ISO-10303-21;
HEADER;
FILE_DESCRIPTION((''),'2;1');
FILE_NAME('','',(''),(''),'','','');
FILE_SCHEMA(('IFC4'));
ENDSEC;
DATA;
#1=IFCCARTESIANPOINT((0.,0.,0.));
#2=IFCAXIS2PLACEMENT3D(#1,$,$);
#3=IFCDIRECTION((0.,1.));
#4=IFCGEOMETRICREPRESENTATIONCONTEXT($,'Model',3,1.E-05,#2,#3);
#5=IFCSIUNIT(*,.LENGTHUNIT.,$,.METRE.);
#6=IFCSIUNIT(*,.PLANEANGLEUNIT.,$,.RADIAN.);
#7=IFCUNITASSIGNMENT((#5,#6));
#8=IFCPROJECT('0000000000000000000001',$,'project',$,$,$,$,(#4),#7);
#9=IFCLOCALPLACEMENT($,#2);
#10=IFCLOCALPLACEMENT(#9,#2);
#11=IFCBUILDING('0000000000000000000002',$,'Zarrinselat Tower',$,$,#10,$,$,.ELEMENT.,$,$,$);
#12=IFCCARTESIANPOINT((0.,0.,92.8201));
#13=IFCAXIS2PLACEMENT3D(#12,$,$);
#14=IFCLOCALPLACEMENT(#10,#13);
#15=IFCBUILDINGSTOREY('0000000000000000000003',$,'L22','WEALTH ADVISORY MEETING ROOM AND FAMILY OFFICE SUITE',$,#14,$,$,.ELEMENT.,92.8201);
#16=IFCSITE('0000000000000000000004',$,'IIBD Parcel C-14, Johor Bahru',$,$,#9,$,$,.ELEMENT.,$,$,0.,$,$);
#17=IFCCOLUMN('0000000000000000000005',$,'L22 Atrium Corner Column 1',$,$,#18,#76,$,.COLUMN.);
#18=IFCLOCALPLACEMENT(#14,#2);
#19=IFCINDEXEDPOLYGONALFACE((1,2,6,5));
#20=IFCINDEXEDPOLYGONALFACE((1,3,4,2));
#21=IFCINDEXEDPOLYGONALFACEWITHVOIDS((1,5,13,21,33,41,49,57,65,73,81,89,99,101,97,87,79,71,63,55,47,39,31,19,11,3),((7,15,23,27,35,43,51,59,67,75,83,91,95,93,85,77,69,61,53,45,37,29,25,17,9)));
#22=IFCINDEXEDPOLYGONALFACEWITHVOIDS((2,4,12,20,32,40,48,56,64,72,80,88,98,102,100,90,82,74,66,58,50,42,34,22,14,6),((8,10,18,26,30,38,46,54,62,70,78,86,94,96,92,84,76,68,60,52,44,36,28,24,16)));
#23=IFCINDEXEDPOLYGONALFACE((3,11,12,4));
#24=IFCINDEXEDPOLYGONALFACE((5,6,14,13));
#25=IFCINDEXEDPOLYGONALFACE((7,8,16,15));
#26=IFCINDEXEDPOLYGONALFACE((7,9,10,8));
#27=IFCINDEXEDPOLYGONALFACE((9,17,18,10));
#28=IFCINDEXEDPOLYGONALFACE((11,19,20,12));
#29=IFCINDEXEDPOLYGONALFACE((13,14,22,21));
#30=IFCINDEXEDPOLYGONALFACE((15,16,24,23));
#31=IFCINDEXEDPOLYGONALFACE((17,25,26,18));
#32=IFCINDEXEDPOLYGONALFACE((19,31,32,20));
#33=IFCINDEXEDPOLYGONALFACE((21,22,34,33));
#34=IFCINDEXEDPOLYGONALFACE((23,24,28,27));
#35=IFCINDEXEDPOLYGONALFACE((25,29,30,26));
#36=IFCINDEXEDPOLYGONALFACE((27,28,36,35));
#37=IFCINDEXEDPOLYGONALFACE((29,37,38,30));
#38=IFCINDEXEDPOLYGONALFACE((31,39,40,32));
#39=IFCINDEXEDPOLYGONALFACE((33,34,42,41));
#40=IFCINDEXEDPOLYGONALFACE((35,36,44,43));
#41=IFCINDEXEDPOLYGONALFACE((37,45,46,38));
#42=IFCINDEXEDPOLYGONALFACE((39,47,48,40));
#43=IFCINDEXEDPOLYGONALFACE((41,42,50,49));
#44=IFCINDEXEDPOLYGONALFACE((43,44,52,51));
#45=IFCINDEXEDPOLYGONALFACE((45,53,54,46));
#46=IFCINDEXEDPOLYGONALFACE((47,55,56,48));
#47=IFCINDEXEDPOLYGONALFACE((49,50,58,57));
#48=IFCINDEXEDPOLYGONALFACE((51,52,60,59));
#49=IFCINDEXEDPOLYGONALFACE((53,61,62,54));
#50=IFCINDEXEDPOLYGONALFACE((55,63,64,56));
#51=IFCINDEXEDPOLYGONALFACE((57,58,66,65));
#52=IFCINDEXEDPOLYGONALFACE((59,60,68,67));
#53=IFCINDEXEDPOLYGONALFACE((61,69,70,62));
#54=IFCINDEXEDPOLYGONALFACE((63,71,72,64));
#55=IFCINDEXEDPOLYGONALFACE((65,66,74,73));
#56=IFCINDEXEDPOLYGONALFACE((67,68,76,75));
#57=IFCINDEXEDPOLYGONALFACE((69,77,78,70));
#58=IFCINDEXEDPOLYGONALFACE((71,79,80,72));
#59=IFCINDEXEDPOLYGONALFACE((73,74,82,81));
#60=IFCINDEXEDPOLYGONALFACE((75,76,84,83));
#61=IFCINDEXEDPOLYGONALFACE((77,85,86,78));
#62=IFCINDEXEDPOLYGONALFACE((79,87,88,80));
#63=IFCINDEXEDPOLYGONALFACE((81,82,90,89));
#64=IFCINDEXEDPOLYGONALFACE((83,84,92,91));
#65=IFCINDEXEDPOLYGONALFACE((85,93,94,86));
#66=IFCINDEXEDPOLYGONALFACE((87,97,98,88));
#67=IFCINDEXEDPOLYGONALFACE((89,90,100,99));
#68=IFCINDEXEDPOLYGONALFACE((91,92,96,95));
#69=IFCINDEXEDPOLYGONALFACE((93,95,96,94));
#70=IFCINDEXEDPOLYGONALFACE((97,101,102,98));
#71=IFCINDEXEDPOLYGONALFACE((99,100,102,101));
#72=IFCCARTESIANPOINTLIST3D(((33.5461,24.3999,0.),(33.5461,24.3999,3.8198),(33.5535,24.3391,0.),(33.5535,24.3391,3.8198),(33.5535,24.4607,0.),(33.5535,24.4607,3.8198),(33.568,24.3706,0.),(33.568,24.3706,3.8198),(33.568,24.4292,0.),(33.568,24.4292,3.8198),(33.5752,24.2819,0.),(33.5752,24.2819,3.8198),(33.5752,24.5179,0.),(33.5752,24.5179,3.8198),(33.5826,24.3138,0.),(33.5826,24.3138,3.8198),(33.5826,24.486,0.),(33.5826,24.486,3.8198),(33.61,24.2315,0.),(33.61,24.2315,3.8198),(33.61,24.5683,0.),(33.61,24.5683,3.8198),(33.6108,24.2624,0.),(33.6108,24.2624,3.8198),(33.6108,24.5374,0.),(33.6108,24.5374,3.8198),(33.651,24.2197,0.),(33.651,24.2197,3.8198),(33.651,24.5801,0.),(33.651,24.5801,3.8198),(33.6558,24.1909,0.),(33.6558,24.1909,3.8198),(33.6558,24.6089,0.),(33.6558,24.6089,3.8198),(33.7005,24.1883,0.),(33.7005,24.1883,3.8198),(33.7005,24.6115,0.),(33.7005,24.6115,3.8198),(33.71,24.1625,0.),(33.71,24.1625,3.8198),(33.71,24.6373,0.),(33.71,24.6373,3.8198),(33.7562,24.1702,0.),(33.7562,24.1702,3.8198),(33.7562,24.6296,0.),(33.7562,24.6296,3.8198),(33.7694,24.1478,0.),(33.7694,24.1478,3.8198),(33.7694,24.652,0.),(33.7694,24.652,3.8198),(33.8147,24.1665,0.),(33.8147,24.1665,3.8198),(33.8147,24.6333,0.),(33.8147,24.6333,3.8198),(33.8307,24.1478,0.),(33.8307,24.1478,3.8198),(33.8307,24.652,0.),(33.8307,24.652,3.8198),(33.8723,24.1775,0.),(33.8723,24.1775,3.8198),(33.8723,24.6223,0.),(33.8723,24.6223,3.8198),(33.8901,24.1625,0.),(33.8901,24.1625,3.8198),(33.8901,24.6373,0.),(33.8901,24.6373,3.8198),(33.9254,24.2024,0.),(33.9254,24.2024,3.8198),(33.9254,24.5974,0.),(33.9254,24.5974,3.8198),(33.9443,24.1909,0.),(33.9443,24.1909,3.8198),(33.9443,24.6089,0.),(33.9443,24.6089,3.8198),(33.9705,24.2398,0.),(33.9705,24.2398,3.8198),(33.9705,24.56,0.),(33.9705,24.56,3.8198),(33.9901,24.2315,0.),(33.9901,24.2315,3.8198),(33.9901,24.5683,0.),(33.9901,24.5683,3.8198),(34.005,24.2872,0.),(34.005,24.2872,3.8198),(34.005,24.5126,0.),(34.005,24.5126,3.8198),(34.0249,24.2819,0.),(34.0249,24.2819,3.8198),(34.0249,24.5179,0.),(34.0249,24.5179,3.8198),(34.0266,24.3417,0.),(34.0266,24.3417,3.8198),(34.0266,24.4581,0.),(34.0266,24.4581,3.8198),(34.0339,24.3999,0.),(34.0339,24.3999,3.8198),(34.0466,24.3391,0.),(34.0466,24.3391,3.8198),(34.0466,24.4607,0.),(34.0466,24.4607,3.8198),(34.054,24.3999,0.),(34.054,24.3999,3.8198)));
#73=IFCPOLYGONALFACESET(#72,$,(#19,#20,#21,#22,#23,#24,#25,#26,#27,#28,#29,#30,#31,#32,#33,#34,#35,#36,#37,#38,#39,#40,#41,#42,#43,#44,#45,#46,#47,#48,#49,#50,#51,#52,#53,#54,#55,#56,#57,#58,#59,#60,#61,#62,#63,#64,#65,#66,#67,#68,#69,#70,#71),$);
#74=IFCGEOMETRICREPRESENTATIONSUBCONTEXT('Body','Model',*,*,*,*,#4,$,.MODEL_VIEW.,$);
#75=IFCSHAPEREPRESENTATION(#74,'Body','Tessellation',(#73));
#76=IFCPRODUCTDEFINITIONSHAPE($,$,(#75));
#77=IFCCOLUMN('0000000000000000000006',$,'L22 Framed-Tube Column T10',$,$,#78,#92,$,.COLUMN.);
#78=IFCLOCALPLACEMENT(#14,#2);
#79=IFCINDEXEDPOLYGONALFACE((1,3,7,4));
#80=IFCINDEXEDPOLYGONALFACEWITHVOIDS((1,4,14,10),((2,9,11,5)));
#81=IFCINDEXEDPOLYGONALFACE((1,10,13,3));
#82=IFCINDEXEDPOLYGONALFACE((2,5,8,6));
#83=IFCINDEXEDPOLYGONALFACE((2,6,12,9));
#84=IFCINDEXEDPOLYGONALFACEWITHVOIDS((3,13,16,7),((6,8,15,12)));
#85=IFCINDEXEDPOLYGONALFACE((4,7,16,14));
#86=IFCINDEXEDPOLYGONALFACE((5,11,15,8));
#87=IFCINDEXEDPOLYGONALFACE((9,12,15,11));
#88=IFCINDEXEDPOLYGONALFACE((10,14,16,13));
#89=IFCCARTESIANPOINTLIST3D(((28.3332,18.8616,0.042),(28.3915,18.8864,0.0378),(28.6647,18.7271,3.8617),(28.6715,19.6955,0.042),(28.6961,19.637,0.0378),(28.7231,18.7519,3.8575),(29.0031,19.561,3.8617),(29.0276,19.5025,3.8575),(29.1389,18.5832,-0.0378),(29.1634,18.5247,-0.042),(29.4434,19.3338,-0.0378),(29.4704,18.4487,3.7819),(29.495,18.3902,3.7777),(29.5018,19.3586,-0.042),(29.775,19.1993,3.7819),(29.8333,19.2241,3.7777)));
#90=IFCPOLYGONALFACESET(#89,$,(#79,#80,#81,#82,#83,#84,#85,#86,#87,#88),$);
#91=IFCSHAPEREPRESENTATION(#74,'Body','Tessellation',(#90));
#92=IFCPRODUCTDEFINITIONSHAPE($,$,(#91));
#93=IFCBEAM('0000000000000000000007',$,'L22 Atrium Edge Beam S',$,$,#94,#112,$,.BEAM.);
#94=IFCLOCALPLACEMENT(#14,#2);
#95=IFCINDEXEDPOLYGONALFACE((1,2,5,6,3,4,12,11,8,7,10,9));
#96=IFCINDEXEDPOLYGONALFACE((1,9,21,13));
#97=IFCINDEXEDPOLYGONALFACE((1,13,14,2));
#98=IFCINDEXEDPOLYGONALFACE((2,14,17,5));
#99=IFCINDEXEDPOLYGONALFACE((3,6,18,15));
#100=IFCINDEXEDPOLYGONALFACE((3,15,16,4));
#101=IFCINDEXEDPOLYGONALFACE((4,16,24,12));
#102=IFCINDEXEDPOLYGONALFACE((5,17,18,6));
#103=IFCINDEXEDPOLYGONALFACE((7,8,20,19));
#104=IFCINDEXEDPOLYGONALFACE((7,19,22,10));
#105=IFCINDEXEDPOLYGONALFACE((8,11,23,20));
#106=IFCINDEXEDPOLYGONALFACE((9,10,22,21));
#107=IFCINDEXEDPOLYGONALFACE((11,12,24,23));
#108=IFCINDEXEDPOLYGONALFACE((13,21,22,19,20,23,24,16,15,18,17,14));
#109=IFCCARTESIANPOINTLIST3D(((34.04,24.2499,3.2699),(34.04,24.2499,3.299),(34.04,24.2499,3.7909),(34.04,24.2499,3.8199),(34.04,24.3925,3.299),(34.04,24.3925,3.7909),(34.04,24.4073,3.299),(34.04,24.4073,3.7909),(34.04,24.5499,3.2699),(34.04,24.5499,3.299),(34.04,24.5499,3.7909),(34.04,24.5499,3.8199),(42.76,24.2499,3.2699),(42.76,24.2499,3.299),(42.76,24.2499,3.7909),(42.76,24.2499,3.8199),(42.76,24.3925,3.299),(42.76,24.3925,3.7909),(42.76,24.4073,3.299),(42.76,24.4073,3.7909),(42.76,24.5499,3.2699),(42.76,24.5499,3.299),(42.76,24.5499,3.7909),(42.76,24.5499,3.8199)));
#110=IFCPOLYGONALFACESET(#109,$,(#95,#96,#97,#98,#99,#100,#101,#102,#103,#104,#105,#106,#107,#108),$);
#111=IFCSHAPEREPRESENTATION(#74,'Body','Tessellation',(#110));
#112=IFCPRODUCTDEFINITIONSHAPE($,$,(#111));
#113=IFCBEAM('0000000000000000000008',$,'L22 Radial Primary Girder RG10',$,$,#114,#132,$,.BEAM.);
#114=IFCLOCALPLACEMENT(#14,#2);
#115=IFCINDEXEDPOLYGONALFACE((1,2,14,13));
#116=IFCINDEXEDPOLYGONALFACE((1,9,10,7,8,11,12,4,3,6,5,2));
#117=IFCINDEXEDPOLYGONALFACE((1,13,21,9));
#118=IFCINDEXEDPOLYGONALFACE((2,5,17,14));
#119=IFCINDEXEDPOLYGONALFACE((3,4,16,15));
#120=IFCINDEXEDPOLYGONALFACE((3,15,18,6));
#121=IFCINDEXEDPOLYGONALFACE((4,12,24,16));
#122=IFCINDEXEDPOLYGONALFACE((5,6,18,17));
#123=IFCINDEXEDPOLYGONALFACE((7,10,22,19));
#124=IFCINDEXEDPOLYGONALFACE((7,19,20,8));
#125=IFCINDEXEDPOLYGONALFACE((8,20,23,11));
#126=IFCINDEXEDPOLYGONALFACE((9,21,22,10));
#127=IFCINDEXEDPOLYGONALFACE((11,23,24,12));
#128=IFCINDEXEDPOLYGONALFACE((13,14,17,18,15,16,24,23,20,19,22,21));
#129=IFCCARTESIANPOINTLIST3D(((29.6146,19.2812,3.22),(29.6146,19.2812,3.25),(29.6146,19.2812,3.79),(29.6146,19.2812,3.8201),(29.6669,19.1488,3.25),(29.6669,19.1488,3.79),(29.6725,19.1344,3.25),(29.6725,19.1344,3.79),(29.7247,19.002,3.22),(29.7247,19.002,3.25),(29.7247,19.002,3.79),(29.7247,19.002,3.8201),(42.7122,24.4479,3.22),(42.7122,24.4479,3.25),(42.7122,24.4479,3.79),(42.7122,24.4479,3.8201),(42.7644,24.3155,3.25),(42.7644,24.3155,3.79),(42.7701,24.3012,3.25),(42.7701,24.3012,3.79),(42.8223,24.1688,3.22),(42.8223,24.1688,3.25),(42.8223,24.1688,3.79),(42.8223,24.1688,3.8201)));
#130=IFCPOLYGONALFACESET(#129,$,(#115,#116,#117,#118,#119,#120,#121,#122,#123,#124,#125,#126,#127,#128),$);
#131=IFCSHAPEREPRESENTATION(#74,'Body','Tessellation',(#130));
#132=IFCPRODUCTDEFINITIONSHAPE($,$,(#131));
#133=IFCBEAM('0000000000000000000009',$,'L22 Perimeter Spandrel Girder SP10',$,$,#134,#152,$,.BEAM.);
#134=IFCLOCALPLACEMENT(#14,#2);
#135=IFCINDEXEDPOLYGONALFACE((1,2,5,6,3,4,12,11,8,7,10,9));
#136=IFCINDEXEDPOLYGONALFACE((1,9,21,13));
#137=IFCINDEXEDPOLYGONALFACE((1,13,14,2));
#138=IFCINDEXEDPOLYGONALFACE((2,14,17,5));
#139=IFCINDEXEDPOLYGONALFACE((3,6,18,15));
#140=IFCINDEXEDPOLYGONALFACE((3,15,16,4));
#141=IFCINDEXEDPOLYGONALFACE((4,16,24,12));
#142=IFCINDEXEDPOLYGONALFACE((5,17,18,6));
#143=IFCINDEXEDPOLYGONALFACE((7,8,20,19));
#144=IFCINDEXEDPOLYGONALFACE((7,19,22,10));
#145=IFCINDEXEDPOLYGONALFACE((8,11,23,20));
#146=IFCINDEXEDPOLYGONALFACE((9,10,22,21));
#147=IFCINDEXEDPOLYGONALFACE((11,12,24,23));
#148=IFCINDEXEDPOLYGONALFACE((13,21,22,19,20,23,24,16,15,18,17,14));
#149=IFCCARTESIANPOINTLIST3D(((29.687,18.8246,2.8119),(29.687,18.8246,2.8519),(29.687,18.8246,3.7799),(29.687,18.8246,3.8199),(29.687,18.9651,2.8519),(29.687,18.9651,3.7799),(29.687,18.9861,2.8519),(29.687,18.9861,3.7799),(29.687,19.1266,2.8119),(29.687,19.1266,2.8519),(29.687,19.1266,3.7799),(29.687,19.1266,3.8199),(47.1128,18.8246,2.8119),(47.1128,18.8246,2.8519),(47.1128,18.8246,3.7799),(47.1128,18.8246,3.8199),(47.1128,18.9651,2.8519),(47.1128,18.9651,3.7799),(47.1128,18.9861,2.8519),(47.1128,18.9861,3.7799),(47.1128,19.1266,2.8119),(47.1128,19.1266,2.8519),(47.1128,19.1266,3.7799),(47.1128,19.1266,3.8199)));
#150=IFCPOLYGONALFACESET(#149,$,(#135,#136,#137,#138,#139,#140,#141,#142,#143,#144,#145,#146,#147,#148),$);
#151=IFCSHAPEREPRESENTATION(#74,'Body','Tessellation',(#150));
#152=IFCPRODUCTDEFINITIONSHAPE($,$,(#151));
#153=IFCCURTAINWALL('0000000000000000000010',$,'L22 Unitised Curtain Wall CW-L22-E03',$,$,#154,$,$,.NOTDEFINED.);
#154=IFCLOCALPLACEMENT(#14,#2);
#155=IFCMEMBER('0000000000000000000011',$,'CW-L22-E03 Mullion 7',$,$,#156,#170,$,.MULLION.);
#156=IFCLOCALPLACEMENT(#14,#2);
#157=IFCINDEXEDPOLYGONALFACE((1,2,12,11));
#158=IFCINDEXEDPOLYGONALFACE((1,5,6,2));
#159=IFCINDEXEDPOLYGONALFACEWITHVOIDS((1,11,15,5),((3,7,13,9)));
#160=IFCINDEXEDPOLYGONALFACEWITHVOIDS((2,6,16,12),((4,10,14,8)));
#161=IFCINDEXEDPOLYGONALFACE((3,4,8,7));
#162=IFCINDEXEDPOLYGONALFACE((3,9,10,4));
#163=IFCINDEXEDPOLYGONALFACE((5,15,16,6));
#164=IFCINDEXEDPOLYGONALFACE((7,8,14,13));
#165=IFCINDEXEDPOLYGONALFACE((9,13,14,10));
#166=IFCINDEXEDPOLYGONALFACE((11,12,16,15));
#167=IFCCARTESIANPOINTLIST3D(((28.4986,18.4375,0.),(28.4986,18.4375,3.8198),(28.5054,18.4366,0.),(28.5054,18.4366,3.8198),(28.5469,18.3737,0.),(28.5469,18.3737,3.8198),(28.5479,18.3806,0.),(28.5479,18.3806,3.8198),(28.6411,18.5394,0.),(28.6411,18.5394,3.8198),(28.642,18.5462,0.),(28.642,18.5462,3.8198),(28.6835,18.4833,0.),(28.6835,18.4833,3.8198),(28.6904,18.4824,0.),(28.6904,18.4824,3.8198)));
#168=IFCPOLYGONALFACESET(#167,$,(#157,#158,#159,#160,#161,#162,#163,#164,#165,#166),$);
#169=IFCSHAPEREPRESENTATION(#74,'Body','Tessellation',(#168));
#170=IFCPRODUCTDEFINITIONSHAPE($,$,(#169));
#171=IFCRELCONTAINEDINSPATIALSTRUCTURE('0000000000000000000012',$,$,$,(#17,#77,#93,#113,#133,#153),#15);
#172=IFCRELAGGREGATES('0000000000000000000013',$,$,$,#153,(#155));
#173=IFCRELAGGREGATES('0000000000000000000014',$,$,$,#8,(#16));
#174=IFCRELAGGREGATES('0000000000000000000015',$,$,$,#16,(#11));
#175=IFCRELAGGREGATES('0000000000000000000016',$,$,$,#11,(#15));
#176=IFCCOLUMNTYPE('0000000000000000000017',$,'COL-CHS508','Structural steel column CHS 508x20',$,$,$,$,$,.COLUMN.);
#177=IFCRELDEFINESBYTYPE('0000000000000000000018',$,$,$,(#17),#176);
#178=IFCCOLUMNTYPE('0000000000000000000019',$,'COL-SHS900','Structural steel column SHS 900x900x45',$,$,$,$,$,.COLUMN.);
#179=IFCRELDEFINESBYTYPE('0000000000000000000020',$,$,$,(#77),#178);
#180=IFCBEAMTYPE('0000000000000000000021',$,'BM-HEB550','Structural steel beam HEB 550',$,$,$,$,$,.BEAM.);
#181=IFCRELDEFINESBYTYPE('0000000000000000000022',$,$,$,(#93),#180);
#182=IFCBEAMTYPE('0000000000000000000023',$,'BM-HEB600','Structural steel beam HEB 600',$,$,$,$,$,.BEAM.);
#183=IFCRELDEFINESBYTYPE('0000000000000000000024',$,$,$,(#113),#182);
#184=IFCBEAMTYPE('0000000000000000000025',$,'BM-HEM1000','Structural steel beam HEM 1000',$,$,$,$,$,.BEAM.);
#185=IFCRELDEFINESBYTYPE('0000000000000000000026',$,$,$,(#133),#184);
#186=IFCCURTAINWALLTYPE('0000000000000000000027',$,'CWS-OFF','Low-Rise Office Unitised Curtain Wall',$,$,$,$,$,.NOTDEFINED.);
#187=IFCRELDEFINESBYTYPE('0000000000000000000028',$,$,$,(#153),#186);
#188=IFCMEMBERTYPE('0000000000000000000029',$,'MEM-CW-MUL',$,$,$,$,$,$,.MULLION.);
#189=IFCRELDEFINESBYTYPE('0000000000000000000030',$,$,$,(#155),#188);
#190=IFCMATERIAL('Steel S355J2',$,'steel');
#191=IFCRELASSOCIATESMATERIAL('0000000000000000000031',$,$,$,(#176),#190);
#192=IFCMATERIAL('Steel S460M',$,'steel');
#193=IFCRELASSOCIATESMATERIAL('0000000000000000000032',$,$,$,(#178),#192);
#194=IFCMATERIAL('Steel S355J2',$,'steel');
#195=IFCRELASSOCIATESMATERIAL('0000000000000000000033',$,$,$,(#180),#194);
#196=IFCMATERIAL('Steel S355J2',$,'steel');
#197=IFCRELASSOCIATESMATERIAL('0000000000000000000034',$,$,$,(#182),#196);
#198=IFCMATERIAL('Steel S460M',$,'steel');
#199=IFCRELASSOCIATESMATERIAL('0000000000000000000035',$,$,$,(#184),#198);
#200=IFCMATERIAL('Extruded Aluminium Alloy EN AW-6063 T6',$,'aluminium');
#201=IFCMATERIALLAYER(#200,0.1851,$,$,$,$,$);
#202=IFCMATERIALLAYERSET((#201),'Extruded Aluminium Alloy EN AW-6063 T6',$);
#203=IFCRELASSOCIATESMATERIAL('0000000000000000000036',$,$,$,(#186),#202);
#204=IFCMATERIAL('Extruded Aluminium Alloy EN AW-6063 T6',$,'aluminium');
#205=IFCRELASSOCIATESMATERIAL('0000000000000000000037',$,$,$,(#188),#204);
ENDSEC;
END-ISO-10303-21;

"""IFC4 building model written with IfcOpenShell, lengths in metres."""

from ifc_helpers import new_model, si_unit, direction, frame, origin, origin_2d, place, context, subcontext, project, spatial, hollow_rectangle, hollow_circle, i_section, extrude, material, layer, layer_set, material_profile, profile_set, type_object, element, aggregate, save


model = new_model("IFC4")

# Units and contexts
model_context = context("Model", 3, precision=1e-05, world=origin(), true_north=direction((0.0, 1.0)))
body_context = subcontext(model_context, "Body", "Model", "MODEL_VIEW")
ifc_project = project(units=[si_unit("LENGTHUNIT", "METRE"), si_unit("PLANEANGLEUNIT", "RADIAN")], contexts=[model_context])

# Site, building, storey
site_placement = place(None, origin())
site = spatial("IfcSite", under=ifc_project, at=site_placement, Name="IIBD Parcel C-14, Johor Bahru", CompositionType="ELEMENT", RefElevation=0.0)
building_placement = place(site_placement, origin())
building = spatial("IfcBuilding", under=site, at=building_placement, Name="Zarrinselat Tower", CompositionType="ELEMENT")
storey_placement = place(building_placement, frame((0.0, 0.0, 92.8201)))
storey = spatial("IfcBuildingStorey", under=building, at=storey_placement, Name="L22", Description="WEALTH ADVISORY MEETING ROOM AND FAMILY OFFICE SUITE", CompositionType="ELEMENT", Elevation=92.8201)

# Columns
ifc_material_1 = material(Name="Steel S355J2", Category="steel")
ifc_material_profile_1 = material_profile(ifc_material_1, hollow_circle(Radius=0.2539, WallThickness=0.02, at=origin_2d()), Name="CHS 508x20")
ifc_profile_set_1 = profile_set([ifc_material_profile_1], Name="Steel S355J2")
column_type_1 = type_object("IfcColumnType", Name="COL-CHS508", Description="Structural steel column CHS 508x20", PredefinedType="COLUMN", material=ifc_profile_set_1)
column_1_placement = place(storey_placement, frame((33.8, 24.3999, 0.0), z_axis=(0.0, 0.0, 1.0), x_axis=(1.0, 0.0, 0.0)))
element("IfcColumn", 1, at=column_1_placement, inside=storey, type_object=column_type_1, Name="L22 Atrium Corner Column 1", PredefinedType="COLUMN", context=body_context, shape_type="SweptSolid", body=[
    extrude(hollow_circle(Radius=0.2539, WallThickness=0.02, at=origin_2d()), origin(), (0.0, 0.0, 1.0), 3.8198),
])
ifc_material_2 = material(Name="Steel S460M", Category="steel")
ifc_material_profile_2 = material_profile(ifc_material_2, hollow_rectangle(XDim=0.8999, YDim=0.8999, WallThickness=0.0449, at=origin_2d()), Name="SHS 900x900x45")
ifc_profile_set_2 = profile_set([ifc_material_profile_2], Name="Steel S460M")
column_type_2 = type_object("IfcColumnType", Name="COL-SHS900", Description="Structural steel column SHS 900x900x45", PredefinedType="COLUMN", material=ifc_profile_set_2)
column_2_placement = place(storey_placement, frame((28.9175, 19.1101, 0.0), z_axis=(0.086417, -0.035063, 0.995642), x_axis=(0.375974, 0.92663, 0.0)))
element("IfcColumn", 2, at=column_2_placement, inside=storey, type_object=column_type_2, Name="L22 Framed-Tube Column T10", PredefinedType="COLUMN", context=body_context, shape_type="SweptSolid", body=[
    extrude(hollow_rectangle(XDim=0.8999, YDim=0.8999, WallThickness=0.0449, at=origin_2d()), origin(), (0.0, 0.0, 1.0), 3.8364),
])

# Beams
ifc_material_3 = material(Name="Steel S355J2", Category="steel")
ifc_material_profile_3 = material_profile(ifc_material_3, i_section(OverallWidth=0.3, OverallDepth=0.55, WebThickness=0.0149, FlangeThickness=0.0291, at=origin_2d()), Name="HEB 550")
ifc_profile_set_3 = profile_set([ifc_material_profile_3], Name="Steel S355J2")
beam_type_1 = type_object("IfcBeamType", Name="BM-HEB550", Description="Structural steel beam HEB 550", PredefinedType="BEAM", material=ifc_profile_set_3)
beam_1_placement = place(storey_placement, frame((34.04, 24.3999, 3.5449), z_axis=(1.0, 0.0, 0.0), x_axis=(0.0, 1.0, 0.0)))
element("IfcBeam", 3, at=beam_1_placement, inside=storey, type_object=beam_type_1, Name="L22 Atrium Edge Beam S", PredefinedType="BEAM", context=body_context, shape_type="SweptSolid", body=[
    extrude(i_section(OverallWidth=0.3, OverallDepth=0.55, WebThickness=0.0149, FlangeThickness=0.0291, at=origin_2d()), origin(), (0.0, 0.0, 1.0), 8.72),
])
ifc_material_4 = material(Name="Steel S355J2", Category="steel")
ifc_material_profile_4 = material_profile(ifc_material_4, i_section(OverallWidth=0.3, OverallDepth=0.6001, WebThickness=0.0154, FlangeThickness=0.03, at=origin_2d()), Name="HEB 600")
ifc_profile_set_4 = profile_set([ifc_material_profile_4], Name="Steel S355J2")
beam_type_2 = type_object("IfcBeamType", Name="BM-HEB600", Description="Structural steel beam HEB 600", PredefinedType="BEAM", material=ifc_profile_set_4)
beam_2_placement = place(storey_placement, frame((29.6697, 19.1416, 3.52), z_axis=(0.930237, 0.366959, 0.0), x_axis=(-0.366959, 0.930237, 0.0)))
element("IfcBeam", 4, at=beam_2_placement, inside=storey, type_object=beam_type_2, Name="L22 Radial Primary Girder RG10", PredefinedType="BEAM", context=body_context, shape_type="SweptSolid", body=[
    extrude(i_section(OverallWidth=0.3, OverallDepth=0.6001, WebThickness=0.0154, FlangeThickness=0.03, at=origin_2d()), origin(), (0.0, 0.0, 1.0), 14.0798),
])
ifc_material_5 = material(Name="Steel S460M", Category="steel")
ifc_material_profile_5 = material_profile(ifc_material_5, i_section(OverallWidth=0.302, OverallDepth=1.0081, WebThickness=0.021, FlangeThickness=0.04, at=origin_2d()), Name="HEM 1000")
ifc_profile_set_5 = profile_set([ifc_material_profile_5], Name="Steel S460M")
beam_type_3 = type_object("IfcBeamType", Name="BM-HEM1000", Description="Structural steel beam HEM 1000", PredefinedType="BEAM", material=ifc_profile_set_5)
beam_3_placement = place(storey_placement, frame((29.687, 18.9756, 3.3159), z_axis=(1.0, 0.0, 0.0), x_axis=(0.0, 1.0, 0.0)))
element("IfcBeam", 5, at=beam_3_placement, inside=storey, type_object=beam_type_3, Name="L22 Perimeter Spandrel Girder SP10", PredefinedType="BEAM", context=body_context, shape_type="SweptSolid", body=[
    extrude(i_section(OverallWidth=0.302, OverallDepth=1.0081, WebThickness=0.021, FlangeThickness=0.04, at=origin_2d()), origin(), (0.0, 0.0, 1.0), 17.4258),
])

# Curtain wall, member
ifc_material_6 = material(Name="Extruded Aluminium Alloy EN AW-6063 T6", Category="aluminium")
ifc_layer_1 = layer(ifc_material_6, 0.1851)
ifc_layer_set_1 = layer_set([ifc_layer_1], Name="Extruded Aluminium Alloy EN AW-6063 T6")
curtain_wall_type = type_object("IfcCurtainWallType", Name="CWS-OFF", Description="Low-Rise Office Unitised Curtain Wall", PredefinedType="NOTDEFINED", material=ifc_layer_set_1)
curtain_wall_1_placement = place(storey_placement, origin())
curtain_wall_1 = element("IfcCurtainWall", 6, at=curtain_wall_1_placement, inside=storey, type_object=curtain_wall_type, Name="L22 Unitised Curtain Wall CW-L22-E03", PredefinedType="NOTDEFINED")
ifc_material_7 = material(Name="Extruded Aluminium Alloy EN AW-6063 T6", Category="aluminium")
ifc_material_profile_6 = material_profile(ifc_material_7, hollow_rectangle(XDim=0.0801, YDim=0.1799, WallThickness=0.0049, at=origin_2d()), Name="RHS 180x80x5")
ifc_profile_set_6 = profile_set([ifc_material_profile_6], Name="Extruded Aluminium Alloy EN AW-6063 T6")
member_type_1 = type_object("IfcMemberType", Name="MEM-CW-MUL", PredefinedType="MULLION", material=ifc_profile_set_6)
member_1_placement = place(storey_placement, frame((28.5945, 18.46, 0.0), z_axis=(0.0, 0.0, 1.0), x_axis=(0.603856, -0.797093, 0.0)))
member_1 = element("IfcMember", 7, at=member_1_placement, type_object=member_type_1, Name="CW-L22-E03 Mullion 7", PredefinedType="MULLION", context=body_context, shape_type="SweptSolid", body=[
    extrude(hollow_rectangle(XDim=0.0801, YDim=0.1799, WallThickness=0.0049, at=origin_2d()), origin(), (0.0, 0.0, 1.0), 3.8198),
])
aggregate(curtain_wall_1, [member_1])

save(model, "model.ifc")
